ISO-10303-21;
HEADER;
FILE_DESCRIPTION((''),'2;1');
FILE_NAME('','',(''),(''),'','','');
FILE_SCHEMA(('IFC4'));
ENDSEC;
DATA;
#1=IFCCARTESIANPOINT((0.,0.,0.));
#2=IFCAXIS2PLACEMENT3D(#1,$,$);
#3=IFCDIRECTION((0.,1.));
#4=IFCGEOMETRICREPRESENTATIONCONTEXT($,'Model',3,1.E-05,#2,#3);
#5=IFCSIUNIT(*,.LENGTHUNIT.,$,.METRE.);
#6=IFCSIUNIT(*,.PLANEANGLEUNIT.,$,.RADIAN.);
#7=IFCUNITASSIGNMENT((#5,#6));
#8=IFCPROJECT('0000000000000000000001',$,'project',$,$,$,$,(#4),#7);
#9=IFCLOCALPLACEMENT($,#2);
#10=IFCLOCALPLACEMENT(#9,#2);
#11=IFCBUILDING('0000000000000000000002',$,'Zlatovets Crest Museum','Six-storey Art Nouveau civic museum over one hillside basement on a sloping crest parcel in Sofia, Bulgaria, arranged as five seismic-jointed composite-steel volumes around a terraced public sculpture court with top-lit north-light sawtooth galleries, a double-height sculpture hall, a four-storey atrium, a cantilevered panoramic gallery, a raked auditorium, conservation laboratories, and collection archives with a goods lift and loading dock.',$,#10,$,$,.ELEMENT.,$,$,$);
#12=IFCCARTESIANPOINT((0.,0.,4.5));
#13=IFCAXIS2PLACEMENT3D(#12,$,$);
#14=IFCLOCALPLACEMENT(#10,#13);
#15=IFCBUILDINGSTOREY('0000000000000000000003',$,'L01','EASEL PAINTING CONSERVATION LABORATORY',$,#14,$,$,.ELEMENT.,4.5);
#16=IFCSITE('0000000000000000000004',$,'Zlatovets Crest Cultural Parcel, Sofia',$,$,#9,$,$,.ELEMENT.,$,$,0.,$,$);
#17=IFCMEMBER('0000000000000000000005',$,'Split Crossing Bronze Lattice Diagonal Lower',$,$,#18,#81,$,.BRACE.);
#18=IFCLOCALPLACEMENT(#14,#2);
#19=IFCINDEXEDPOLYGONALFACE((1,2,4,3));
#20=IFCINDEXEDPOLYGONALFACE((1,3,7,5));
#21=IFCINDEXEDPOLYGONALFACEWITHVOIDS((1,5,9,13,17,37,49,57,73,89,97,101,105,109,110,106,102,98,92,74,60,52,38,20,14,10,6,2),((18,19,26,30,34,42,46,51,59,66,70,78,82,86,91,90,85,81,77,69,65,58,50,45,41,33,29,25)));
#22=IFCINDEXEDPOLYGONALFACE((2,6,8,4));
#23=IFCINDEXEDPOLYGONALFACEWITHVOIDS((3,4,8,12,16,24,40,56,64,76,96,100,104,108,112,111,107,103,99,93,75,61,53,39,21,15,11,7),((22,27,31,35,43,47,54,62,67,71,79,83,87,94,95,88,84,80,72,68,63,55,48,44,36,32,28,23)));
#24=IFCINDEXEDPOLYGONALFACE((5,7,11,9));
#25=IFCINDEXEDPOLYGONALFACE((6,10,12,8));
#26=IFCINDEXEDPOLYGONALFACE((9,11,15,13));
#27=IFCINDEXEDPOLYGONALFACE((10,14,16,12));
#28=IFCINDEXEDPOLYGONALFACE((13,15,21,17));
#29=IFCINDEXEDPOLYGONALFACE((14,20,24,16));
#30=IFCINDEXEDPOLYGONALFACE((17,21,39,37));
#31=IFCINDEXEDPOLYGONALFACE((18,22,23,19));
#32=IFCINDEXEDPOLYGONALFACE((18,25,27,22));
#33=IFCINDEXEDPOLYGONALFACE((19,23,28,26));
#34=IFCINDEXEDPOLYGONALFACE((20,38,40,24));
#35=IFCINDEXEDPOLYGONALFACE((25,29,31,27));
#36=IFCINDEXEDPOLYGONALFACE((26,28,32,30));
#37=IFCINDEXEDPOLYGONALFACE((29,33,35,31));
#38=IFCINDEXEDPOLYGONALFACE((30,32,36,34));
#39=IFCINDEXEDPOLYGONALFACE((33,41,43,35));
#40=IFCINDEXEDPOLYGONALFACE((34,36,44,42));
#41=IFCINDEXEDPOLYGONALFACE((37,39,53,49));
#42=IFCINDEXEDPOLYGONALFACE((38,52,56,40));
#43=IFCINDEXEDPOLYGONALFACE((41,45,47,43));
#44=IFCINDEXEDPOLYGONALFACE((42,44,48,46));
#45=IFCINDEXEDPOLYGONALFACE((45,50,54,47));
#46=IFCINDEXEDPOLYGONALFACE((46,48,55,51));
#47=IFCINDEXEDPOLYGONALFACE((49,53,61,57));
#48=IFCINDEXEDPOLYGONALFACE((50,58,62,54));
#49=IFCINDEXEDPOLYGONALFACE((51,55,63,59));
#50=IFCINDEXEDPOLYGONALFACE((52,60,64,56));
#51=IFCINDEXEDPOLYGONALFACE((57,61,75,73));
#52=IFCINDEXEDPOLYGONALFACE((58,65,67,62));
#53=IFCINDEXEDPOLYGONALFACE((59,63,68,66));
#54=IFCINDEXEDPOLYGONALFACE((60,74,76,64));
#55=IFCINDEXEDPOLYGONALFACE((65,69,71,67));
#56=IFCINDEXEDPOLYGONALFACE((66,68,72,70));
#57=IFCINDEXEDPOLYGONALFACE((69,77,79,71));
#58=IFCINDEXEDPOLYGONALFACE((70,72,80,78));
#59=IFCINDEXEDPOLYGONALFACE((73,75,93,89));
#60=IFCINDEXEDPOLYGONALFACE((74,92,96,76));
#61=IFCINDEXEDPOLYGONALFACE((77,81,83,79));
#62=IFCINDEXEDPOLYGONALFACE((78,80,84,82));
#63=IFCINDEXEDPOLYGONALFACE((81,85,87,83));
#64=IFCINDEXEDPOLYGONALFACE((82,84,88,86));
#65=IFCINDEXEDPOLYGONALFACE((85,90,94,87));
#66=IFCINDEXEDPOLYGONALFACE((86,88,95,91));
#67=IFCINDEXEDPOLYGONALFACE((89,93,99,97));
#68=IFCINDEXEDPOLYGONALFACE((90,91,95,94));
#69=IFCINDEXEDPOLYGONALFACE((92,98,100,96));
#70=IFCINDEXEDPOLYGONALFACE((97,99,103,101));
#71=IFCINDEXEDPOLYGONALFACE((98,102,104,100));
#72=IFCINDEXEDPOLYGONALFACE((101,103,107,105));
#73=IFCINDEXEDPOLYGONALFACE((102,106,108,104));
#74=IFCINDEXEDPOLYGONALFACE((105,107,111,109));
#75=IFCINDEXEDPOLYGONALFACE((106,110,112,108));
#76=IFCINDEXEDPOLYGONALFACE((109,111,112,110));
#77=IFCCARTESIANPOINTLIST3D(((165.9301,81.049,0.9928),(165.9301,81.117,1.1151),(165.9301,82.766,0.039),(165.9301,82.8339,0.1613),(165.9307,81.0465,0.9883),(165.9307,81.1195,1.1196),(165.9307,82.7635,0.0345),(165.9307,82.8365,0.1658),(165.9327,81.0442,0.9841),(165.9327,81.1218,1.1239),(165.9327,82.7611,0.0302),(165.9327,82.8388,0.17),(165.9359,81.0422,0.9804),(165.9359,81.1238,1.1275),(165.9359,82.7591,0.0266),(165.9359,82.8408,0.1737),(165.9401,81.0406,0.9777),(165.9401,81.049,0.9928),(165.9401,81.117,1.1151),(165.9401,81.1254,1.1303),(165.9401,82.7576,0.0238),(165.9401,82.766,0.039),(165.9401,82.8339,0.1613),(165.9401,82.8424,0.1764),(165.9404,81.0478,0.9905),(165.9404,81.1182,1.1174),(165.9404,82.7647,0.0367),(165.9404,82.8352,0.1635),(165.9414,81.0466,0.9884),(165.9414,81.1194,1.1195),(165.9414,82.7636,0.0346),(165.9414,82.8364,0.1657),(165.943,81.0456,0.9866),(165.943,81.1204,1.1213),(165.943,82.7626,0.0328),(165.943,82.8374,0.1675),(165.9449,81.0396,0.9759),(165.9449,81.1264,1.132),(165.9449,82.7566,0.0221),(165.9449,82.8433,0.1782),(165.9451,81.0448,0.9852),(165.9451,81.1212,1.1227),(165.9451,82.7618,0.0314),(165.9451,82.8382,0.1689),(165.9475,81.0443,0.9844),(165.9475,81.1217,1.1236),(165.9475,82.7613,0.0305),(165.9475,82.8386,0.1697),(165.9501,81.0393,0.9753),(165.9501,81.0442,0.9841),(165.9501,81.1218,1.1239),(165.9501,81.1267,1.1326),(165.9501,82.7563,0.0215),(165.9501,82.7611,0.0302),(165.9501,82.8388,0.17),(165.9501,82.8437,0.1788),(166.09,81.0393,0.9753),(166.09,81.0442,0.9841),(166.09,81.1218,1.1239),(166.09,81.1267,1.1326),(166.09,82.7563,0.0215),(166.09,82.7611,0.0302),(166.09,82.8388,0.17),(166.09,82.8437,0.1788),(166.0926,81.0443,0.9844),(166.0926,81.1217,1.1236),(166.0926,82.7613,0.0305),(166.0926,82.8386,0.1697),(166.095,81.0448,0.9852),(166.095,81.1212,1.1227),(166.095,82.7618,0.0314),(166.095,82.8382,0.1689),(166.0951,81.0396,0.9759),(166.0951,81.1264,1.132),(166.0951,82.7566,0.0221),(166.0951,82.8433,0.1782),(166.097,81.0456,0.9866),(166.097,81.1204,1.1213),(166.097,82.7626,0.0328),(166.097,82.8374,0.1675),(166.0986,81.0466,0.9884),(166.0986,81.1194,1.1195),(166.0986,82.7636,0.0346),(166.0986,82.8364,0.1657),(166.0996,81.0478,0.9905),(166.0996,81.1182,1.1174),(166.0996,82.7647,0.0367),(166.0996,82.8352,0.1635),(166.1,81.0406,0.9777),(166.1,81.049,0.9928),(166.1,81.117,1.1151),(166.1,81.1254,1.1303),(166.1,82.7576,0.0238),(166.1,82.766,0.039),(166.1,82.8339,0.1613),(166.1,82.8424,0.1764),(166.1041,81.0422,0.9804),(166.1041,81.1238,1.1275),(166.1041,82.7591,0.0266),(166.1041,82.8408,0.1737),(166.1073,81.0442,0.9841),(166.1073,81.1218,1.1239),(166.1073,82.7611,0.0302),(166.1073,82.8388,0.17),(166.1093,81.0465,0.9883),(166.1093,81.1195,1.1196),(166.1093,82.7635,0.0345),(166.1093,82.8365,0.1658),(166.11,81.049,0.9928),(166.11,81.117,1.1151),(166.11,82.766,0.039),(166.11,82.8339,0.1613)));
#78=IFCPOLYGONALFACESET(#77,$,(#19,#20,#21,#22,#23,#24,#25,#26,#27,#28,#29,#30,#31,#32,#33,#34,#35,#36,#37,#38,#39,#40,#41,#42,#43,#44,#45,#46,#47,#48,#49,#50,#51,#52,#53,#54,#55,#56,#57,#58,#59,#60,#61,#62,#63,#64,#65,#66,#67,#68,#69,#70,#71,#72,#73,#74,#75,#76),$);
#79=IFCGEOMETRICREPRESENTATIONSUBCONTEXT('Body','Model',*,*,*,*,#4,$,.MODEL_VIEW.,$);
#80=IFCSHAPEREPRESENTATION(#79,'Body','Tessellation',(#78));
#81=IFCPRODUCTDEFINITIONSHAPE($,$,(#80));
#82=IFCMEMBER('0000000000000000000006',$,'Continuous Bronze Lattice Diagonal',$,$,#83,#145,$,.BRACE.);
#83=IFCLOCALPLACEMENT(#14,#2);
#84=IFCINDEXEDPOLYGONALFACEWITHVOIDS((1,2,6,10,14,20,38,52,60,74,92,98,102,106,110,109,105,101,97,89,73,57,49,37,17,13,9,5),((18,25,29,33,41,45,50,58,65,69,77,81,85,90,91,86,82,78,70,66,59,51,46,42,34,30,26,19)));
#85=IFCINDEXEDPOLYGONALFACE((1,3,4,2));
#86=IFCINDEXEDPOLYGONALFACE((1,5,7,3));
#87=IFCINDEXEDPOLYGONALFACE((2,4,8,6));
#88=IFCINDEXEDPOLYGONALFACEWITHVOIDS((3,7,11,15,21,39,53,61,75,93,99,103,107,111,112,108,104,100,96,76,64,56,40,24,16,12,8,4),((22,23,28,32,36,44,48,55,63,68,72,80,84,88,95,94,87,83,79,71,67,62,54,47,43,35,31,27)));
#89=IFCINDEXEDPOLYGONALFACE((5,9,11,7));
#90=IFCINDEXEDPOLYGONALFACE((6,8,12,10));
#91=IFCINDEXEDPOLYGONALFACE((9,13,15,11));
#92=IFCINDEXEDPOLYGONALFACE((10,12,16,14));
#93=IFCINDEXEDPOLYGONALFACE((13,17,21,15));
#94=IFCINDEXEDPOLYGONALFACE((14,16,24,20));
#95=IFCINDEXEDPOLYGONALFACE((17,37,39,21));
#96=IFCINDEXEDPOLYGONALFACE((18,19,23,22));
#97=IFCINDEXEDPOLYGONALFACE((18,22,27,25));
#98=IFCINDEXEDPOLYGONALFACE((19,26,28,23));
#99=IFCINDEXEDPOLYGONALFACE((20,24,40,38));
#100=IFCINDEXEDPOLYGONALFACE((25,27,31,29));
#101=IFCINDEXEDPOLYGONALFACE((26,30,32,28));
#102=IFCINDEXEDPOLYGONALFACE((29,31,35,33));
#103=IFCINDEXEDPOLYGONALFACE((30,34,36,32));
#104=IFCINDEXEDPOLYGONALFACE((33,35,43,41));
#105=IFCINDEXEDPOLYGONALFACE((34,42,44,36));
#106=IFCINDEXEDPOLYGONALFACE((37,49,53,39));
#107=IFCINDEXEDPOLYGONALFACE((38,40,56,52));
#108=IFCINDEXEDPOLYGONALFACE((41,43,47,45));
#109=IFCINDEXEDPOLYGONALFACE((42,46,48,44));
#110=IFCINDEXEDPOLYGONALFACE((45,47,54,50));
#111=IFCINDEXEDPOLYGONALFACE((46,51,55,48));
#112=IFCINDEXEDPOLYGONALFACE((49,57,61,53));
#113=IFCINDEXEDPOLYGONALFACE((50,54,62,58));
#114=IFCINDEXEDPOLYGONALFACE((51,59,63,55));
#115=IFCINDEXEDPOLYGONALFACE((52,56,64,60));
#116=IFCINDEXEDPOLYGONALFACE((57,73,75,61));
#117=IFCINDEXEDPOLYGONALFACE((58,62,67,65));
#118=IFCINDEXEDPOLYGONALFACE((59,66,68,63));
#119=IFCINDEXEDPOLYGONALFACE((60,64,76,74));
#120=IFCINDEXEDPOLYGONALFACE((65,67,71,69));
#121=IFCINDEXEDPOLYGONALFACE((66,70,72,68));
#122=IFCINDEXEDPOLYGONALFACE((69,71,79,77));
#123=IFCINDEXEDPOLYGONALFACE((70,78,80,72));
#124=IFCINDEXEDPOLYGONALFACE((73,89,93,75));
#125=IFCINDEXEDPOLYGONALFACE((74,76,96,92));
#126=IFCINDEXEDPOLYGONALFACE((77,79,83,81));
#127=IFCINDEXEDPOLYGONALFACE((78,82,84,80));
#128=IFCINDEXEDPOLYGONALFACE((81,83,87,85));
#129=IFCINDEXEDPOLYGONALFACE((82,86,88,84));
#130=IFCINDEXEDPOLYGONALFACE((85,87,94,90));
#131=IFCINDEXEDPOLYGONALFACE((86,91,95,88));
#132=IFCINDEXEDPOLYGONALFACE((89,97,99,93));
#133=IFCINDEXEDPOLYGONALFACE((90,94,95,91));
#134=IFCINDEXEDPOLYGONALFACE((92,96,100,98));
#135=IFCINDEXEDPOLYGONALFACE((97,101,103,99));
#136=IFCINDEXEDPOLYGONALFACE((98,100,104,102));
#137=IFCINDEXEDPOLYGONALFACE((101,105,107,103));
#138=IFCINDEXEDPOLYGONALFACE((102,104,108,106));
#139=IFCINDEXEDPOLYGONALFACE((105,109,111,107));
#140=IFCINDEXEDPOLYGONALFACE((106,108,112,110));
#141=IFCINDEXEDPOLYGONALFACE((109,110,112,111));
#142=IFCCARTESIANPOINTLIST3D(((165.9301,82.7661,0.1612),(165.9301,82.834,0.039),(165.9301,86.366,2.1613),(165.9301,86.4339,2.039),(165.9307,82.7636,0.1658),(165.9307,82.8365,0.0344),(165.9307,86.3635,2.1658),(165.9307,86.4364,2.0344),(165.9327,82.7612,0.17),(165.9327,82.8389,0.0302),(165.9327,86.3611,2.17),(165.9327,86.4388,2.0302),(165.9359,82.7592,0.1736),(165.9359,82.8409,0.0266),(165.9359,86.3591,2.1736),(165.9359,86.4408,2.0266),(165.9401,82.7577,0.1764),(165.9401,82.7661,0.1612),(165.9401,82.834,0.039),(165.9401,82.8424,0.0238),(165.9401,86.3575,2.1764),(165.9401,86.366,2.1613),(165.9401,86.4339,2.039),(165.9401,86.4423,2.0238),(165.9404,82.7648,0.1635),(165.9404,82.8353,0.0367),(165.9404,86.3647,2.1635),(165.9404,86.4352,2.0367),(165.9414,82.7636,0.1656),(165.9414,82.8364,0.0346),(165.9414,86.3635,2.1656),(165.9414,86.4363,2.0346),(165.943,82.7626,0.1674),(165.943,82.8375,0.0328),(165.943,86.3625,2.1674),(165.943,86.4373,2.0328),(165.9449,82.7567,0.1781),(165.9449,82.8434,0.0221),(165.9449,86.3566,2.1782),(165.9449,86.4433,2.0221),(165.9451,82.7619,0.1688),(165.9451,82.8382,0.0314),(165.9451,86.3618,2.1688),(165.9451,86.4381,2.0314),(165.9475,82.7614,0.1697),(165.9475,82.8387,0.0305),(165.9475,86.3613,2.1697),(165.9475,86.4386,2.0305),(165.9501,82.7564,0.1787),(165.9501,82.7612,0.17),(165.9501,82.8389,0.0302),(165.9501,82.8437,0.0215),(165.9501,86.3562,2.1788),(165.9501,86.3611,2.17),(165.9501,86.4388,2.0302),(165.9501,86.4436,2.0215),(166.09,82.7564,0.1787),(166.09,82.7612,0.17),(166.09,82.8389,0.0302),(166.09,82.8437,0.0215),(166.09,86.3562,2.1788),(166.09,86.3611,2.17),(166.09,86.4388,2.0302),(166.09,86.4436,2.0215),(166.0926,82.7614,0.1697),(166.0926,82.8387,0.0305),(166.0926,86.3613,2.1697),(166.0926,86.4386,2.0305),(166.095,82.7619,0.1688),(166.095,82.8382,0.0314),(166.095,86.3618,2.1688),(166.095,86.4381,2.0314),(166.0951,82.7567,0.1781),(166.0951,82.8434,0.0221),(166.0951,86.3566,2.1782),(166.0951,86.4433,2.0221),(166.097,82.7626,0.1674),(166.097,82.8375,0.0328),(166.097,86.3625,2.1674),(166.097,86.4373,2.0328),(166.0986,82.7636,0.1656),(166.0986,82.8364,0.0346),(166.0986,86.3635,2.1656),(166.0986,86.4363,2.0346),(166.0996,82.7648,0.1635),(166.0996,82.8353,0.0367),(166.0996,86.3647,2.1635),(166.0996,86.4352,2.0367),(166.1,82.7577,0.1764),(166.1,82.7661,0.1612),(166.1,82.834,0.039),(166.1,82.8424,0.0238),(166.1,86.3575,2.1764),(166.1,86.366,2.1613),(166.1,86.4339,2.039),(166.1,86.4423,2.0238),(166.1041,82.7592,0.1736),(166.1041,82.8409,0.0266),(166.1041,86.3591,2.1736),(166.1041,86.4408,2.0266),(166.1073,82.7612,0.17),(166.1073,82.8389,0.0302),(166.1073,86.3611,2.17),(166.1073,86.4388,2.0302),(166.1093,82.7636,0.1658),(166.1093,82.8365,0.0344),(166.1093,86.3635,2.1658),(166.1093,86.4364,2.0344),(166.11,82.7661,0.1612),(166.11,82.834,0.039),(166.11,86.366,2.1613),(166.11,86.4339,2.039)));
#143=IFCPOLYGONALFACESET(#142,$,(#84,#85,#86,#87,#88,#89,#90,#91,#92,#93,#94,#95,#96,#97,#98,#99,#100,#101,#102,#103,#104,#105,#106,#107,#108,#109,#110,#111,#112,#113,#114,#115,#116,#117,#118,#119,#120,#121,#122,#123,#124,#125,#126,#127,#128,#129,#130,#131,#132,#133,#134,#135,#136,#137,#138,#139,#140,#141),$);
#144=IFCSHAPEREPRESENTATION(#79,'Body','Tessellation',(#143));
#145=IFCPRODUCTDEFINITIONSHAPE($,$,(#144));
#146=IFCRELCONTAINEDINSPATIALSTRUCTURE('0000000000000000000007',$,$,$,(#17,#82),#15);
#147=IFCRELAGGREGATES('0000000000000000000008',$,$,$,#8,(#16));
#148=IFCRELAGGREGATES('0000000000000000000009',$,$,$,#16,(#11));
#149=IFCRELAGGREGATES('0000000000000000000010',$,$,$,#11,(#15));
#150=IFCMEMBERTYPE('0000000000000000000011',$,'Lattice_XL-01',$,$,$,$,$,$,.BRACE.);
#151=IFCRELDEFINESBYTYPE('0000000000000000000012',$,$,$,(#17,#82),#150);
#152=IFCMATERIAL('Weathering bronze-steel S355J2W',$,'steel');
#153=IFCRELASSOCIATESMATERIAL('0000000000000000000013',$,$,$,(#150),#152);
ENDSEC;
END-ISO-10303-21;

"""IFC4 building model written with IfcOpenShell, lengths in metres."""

from ifc_helpers import new_model, si_unit, direction, frame, origin, origin_2d, place, context, subcontext, project, spatial, hollow_rectangle, extrude, material, material_profile, profile_set, type_object, element, save


model = new_model("IFC4")

# Units and contexts
model_context = context("Model", 3, precision=1e-05, world=origin(), true_north=direction((0.0, 1.0)))
body_context = subcontext(model_context, "Body", "Model", "MODEL_VIEW")
ifc_project = project(units=[si_unit("LENGTHUNIT", "METRE"), si_unit("PLANEANGLEUNIT", "RADIAN")], contexts=[model_context])

# Site, building, storey
site_placement = place(None, origin())
site = spatial("IfcSite", under=ifc_project, at=site_placement, Name="Zlatovets Crest Cultural Parcel, Sofia", CompositionType="ELEMENT", RefElevation=0.0)
building_placement = place(site_placement, origin())
building = spatial("IfcBuilding", under=site, at=building_placement, Name="Zlatovets Crest Museum", Description="Six-storey Art Nouveau civic museum over one hillside basement on a sloping crest parcel in Sofia, Bulgaria, arranged as five seismic-jointed composite-steel volumes around a terraced public sculpture court with top-lit north-light sawtooth galleries, a double-height sculpture hall, a four-storey atrium, a cantilevered panoramic gallery, a raked auditorium, conservation laboratories, and collection archives with a goods lift and loading dock.", CompositionType="ELEMENT")
storey_placement = place(building_placement, frame((0.0, 0.0, 4.5)))
storey = spatial("IfcBuildingStorey", under=building, at=storey_placement, Name="L01", Description="EASEL PAINTING CONSERVATION LABORATORY", CompositionType="ELEMENT", Elevation=4.5)

# Members
ifc_material_1 = material(Name="Weathering bronze-steel S355J2W", Category="steel")
ifc_material_profile_1 = material_profile(ifc_material_1, hollow_rectangle(XDim=0.1799, YDim=0.1799, WallThickness=0.01, InnerFilletRadius=0.01, OuterFilletRadius=0.02, at=origin_2d()), Name="SHS 180x180x10.0")
ifc_profile_set_1 = profile_set([ifc_material_profile_1], Name="Weathering bronze-steel S355J2W")
member_type_1 = type_object("IfcMemberType", Name="Lattice_XL-01", PredefinedType="BRACE", material=ifc_profile_set_1)
member_1_placement = place(storey_placement, frame((166.02, 81.083, 1.054), z_axis=(0.0, 0.874169, -0.485622), x_axis=(-1.0, 0.0, 0.0)))
element("IfcMember", 1, at=member_1_placement, inside=storey, type_object=member_type_1, Name="Split Crossing Bronze Lattice Diagonal Lower", PredefinedType="BRACE", context=body_context, shape_type="SweptSolid", body=[
    extrude(hollow_rectangle(XDim=0.1799, YDim=0.1799, WallThickness=0.01, InnerFilletRadius=0.01, OuterFilletRadius=0.02, at=origin_2d()), origin(), (0.0, 0.0, 1.0), 1.9641),
])
member_2_placement = place(storey_placement, frame((166.02, 82.8, 0.1001), z_axis=(0.0, 0.874149, 0.485658), x_axis=(-1.0, 0.0, 0.0)))
element("IfcMember", 2, at=member_2_placement, inside=storey, type_object=member_type_1, Name="Continuous Bronze Lattice Diagonal", PredefinedType="BRACE", context=body_context, shape_type="SweptSolid", body=[
    extrude(hollow_rectangle(XDim=0.1799, YDim=0.1799, WallThickness=0.01, InnerFilletRadius=0.01, OuterFilletRadius=0.02, at=origin_2d()), origin(), (0.0, 0.0, 1.0), 4.1182),
])

save(model, "model.ifc")
